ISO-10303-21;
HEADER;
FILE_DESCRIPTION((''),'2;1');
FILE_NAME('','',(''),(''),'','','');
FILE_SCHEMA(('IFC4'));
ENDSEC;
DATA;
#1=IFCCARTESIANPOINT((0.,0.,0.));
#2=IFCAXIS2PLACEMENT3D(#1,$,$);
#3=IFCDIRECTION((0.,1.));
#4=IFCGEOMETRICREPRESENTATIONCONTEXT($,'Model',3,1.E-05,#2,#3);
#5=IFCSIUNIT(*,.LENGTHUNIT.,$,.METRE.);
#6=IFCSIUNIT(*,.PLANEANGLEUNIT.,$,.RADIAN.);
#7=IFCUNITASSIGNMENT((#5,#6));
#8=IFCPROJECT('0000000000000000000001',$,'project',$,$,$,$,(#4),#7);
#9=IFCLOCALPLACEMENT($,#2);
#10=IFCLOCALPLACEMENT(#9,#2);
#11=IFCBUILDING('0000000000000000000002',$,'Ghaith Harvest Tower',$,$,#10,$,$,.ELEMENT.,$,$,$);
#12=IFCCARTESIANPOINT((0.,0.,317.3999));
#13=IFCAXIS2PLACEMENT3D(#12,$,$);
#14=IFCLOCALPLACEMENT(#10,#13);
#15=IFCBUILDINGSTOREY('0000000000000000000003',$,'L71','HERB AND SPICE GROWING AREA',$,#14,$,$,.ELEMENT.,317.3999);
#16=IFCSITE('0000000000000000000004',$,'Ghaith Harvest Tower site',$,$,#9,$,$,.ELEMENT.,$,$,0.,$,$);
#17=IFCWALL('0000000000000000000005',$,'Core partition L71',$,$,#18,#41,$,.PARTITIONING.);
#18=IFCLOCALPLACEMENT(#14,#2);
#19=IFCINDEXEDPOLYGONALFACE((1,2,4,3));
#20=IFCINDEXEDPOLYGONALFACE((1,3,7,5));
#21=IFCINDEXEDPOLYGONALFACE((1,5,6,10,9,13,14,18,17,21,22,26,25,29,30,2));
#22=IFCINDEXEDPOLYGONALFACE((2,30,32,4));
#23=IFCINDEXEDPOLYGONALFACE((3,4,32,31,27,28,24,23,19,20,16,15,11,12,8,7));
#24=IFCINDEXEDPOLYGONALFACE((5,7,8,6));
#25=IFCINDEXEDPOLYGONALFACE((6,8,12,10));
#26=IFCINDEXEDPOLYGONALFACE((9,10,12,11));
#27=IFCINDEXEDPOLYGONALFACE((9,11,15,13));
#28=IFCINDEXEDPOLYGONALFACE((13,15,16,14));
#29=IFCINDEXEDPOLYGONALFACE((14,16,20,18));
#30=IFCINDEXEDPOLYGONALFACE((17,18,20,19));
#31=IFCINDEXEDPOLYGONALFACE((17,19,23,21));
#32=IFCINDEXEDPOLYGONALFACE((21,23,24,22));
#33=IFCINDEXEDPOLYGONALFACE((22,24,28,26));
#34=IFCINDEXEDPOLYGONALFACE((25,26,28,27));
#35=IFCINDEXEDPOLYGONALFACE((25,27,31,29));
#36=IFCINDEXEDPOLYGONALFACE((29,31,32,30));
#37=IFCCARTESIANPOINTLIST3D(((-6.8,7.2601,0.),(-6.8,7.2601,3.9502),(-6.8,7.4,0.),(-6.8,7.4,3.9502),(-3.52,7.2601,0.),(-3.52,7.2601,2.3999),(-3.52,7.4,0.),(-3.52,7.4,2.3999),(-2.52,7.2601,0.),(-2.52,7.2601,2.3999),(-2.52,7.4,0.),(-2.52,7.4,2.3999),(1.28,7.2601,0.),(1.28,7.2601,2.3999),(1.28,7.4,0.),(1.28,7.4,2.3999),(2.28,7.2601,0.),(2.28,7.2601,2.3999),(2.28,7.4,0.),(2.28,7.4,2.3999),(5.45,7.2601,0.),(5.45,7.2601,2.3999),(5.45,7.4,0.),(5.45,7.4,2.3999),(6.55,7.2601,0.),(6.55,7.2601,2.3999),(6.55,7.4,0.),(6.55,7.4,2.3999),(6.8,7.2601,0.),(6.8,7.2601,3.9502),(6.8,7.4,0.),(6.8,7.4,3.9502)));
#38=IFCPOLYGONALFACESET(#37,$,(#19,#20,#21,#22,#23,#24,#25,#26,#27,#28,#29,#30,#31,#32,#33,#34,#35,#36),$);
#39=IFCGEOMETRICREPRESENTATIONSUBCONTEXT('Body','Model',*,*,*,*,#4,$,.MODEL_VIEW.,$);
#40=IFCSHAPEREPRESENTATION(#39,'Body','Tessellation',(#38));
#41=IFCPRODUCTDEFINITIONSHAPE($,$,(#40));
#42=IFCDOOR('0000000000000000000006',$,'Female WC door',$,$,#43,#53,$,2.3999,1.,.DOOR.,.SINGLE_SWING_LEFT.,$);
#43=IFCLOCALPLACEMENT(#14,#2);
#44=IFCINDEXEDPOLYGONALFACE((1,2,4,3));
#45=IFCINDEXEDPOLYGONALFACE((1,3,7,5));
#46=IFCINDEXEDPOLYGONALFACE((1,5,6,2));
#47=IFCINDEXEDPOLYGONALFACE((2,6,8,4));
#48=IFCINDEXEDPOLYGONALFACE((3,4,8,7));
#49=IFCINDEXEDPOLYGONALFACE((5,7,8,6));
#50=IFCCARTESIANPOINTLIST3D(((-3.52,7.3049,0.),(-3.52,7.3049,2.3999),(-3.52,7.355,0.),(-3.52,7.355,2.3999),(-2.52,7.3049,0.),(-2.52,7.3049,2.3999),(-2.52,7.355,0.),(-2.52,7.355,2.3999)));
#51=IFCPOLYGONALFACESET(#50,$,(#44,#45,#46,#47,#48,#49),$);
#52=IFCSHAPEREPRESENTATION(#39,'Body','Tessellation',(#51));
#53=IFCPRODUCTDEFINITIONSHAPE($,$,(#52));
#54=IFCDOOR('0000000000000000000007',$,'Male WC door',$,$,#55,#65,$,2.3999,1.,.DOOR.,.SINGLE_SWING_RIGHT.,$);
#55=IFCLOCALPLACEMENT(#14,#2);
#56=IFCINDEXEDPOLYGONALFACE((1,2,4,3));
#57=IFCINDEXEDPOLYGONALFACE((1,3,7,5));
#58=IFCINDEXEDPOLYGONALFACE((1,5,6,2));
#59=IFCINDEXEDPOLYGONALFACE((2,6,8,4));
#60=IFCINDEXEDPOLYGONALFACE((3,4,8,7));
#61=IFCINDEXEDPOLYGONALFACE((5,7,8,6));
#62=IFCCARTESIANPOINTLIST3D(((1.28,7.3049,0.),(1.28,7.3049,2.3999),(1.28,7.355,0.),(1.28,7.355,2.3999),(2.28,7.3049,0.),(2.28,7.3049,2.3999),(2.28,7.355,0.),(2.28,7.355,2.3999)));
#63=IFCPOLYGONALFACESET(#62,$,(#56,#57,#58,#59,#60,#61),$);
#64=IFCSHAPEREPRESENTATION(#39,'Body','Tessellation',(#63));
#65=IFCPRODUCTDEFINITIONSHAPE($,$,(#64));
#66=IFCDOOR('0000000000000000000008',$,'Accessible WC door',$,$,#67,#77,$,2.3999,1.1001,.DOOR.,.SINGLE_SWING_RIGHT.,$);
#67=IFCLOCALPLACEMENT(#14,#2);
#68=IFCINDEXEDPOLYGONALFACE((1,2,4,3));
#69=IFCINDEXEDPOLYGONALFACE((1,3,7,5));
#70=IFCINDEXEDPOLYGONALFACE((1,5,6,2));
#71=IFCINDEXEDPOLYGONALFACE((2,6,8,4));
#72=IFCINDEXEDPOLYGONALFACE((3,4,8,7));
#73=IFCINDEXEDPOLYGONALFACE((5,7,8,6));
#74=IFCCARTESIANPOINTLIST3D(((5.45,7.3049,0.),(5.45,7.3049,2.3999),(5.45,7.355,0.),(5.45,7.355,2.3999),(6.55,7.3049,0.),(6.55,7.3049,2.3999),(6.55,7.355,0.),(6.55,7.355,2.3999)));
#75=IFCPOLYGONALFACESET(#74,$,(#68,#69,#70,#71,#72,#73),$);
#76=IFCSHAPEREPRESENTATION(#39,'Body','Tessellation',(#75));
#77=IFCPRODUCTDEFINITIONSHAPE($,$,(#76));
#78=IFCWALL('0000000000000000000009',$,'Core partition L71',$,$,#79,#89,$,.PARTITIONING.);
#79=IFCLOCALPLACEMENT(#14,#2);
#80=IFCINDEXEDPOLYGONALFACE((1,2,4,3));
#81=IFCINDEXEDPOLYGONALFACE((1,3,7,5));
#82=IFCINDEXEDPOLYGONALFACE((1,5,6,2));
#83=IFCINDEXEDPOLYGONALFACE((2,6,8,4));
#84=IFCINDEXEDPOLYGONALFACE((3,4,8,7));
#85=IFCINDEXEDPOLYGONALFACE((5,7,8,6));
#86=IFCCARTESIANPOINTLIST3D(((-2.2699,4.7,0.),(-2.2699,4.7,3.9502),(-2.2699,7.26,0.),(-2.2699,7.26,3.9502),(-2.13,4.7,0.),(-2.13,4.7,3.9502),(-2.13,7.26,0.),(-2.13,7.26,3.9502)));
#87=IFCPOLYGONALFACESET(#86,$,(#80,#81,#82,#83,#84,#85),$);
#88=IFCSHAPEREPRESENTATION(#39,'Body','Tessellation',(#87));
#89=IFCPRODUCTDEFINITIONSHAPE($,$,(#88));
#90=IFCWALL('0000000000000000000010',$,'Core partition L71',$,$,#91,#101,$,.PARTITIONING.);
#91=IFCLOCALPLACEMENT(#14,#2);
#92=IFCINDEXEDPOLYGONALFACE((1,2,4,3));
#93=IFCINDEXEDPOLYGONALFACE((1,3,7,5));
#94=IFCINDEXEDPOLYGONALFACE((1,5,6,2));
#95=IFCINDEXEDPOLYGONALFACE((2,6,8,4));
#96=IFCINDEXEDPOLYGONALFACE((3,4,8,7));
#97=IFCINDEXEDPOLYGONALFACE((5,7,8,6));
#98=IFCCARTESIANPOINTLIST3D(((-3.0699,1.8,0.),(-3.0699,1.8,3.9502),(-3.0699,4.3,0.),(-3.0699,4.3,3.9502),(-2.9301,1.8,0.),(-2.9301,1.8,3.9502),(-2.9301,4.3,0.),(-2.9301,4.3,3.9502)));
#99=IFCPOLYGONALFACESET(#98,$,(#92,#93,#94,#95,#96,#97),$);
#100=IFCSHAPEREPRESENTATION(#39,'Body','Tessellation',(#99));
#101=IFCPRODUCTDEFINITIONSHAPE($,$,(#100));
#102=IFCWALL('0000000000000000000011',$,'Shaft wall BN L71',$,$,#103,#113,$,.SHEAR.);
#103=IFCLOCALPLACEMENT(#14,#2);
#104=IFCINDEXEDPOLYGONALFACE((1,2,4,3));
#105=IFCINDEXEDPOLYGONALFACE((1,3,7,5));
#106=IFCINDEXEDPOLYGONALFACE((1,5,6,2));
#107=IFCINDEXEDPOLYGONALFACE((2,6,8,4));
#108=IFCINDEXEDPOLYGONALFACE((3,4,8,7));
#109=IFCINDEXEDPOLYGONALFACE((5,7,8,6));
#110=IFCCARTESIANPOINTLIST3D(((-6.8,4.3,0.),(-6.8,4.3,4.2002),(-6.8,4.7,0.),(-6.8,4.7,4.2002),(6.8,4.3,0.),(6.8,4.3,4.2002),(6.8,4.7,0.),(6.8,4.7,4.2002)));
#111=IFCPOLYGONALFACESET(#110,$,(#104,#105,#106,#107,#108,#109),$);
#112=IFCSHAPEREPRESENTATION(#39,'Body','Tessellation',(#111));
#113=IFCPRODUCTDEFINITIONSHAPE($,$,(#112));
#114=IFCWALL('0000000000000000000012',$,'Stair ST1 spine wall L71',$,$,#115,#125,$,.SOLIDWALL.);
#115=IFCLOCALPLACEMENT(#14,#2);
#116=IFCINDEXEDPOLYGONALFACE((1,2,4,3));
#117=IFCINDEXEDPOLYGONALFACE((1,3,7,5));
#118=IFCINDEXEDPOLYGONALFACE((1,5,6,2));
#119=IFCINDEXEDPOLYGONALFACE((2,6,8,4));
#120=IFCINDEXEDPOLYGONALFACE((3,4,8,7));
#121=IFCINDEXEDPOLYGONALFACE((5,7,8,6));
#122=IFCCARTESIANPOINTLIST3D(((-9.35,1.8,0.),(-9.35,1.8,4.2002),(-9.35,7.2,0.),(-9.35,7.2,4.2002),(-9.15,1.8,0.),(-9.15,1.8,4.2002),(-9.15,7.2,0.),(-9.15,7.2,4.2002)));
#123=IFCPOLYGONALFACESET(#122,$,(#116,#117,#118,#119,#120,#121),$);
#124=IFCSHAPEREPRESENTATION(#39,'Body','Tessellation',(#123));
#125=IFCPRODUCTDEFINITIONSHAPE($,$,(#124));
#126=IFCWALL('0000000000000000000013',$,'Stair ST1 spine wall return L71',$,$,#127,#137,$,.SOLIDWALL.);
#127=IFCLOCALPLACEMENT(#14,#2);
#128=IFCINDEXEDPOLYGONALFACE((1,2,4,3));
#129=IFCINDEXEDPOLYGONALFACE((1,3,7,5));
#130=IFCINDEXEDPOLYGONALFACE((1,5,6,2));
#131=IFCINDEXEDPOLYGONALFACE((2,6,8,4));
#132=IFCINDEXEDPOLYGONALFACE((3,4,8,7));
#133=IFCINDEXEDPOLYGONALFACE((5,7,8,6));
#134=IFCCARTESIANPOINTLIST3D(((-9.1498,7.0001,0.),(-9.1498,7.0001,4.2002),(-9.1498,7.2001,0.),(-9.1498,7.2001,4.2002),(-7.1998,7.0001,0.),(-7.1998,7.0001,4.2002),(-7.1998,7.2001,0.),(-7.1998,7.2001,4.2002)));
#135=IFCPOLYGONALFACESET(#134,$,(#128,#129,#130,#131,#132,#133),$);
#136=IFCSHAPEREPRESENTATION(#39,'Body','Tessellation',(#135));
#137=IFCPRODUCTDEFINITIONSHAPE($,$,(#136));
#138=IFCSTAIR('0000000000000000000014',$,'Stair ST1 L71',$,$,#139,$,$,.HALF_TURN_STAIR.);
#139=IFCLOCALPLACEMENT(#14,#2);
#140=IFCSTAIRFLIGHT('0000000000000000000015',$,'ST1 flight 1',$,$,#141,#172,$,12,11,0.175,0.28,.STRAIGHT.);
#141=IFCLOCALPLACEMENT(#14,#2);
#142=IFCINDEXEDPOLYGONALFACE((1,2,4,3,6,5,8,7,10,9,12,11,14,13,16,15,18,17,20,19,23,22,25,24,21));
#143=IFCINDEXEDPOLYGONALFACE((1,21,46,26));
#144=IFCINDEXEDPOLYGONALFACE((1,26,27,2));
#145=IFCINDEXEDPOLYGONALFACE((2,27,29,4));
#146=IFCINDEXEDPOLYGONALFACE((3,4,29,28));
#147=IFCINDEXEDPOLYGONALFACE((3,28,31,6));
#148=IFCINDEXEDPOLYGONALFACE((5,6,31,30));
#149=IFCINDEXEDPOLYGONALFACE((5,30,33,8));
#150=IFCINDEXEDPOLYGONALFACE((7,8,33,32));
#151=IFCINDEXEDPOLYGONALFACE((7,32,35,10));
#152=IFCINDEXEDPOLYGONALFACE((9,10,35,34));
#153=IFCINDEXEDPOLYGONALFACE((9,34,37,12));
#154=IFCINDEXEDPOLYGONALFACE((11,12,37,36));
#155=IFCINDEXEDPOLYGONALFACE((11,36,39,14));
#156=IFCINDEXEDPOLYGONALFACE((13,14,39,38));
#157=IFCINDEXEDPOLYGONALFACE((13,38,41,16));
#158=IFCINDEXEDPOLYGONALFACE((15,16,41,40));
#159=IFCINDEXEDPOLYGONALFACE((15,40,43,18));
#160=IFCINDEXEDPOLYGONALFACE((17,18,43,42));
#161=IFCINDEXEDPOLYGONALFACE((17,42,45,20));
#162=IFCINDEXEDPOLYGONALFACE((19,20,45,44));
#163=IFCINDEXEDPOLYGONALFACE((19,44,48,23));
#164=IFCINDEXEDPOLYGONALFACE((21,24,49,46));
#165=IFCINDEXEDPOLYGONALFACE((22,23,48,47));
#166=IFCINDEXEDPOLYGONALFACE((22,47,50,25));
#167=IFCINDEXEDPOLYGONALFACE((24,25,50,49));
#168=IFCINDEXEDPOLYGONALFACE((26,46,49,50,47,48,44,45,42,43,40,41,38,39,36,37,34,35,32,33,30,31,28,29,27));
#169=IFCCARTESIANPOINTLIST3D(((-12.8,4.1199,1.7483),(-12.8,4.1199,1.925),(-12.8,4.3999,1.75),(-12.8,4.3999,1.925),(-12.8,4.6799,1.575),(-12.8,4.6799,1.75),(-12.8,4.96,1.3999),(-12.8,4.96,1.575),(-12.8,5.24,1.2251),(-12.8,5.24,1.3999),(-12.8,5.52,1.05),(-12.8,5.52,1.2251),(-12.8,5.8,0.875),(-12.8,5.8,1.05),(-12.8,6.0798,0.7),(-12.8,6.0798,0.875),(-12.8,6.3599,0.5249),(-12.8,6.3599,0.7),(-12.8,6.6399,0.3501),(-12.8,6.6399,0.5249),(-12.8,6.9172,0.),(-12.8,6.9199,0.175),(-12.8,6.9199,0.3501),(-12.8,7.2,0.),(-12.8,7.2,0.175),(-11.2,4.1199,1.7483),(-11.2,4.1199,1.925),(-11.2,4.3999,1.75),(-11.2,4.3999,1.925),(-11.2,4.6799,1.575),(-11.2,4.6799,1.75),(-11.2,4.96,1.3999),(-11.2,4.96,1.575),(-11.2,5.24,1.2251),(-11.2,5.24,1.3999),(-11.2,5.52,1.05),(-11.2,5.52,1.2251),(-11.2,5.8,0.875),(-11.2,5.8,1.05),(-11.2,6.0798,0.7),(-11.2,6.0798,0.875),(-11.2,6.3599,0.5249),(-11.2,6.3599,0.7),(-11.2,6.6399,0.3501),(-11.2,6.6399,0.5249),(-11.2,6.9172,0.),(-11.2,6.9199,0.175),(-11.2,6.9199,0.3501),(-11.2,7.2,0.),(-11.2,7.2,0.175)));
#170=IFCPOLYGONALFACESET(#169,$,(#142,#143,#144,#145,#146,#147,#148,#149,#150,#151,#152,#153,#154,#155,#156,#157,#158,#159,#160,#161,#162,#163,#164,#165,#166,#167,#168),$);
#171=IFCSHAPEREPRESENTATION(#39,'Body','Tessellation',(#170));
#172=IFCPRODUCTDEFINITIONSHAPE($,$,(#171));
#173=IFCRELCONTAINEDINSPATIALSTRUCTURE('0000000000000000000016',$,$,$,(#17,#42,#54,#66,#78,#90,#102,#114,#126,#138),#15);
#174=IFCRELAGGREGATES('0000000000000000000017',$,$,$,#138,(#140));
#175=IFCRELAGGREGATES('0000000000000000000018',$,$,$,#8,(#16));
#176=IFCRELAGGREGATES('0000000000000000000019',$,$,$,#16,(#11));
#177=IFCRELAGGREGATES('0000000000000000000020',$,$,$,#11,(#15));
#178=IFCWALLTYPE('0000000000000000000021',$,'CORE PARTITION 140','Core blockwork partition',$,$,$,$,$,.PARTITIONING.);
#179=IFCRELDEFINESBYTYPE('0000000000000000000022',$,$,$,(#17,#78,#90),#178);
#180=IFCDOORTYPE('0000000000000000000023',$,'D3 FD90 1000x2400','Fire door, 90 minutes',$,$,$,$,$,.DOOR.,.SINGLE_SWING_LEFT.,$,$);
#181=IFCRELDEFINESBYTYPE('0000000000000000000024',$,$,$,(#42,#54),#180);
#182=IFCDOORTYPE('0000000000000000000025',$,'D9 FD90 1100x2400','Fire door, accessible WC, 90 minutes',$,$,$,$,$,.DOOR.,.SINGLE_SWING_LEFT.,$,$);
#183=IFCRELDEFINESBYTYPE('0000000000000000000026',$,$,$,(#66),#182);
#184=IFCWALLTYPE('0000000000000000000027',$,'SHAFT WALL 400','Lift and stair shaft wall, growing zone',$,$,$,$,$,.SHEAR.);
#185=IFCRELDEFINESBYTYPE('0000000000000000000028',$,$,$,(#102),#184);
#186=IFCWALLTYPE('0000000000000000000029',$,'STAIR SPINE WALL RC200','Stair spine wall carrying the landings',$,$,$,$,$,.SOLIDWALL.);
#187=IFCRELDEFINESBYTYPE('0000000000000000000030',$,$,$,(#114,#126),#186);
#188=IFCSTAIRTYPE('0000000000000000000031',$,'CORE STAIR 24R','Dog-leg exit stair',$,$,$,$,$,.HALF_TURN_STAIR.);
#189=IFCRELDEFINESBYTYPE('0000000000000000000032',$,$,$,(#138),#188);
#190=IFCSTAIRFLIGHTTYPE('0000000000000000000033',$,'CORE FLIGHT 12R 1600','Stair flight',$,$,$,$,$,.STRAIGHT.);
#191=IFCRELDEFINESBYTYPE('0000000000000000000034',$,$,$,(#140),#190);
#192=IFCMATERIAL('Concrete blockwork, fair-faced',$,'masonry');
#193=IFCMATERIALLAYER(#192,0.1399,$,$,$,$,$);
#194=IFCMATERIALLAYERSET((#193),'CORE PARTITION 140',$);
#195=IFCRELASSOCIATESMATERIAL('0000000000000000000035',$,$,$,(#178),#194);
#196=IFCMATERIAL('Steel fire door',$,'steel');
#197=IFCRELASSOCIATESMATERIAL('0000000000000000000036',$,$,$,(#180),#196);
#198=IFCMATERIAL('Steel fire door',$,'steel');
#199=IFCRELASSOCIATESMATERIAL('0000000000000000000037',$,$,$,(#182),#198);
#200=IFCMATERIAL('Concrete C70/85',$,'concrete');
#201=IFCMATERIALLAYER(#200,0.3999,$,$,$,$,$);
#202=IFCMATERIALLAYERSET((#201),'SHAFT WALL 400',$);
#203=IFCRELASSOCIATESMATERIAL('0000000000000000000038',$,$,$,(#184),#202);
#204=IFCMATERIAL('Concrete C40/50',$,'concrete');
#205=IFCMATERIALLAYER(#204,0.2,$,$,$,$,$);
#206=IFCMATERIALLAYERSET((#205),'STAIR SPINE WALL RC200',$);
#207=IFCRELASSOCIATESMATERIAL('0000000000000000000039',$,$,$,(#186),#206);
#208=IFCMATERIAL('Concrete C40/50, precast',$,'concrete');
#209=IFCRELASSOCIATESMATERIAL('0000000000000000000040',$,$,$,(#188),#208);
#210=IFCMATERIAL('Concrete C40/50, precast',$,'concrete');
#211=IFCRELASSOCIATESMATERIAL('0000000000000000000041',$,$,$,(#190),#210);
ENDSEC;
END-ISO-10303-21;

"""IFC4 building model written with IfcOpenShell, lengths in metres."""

from ifc_helpers import new_model, si_unit, direction, frame, frame_2d, origin, place, context, subcontext, project, spatial, polyline, rectangle, outline, extrude, material, layer, layer_set, type_object, element, fill, aggregate, save


model = new_model("IFC4")

# Units and contexts
model_context = context("Model", 3, precision=1e-05, world=origin(), true_north=direction((0.0, 1.0)))
body_context = subcontext(model_context, "Body", "Model", "MODEL_VIEW")
ifc_project = project(units=[si_unit("LENGTHUNIT", "METRE"), si_unit("PLANEANGLEUNIT", "RADIAN")], contexts=[model_context])

# Site, building, storey
site_placement = place(None, origin())
site = spatial("IfcSite", under=ifc_project, at=site_placement, Name="Ghaith Harvest Tower site", CompositionType="ELEMENT", RefElevation=0.0)
building_placement = place(site_placement, origin())
building = spatial("IfcBuilding", under=site, at=building_placement, Name="Ghaith Harvest Tower", CompositionType="ELEMENT")
storey_placement = place(building_placement, frame((0.0, 0.0, 317.3999)))
storey = spatial("IfcBuildingStorey", under=building, at=storey_placement, Name="L71", Description="HERB AND SPICE GROWING AREA", CompositionType="ELEMENT", Elevation=317.3999)

# Wall, openings, doors
ifc_material_1 = material(Name="Concrete blockwork, fair-faced", Category="masonry")
ifc_layer_1 = layer(ifc_material_1, 0.1399)
ifc_layer_set_1 = layer_set([ifc_layer_1], Name="CORE PARTITION 140")
wall_type_1 = type_object("IfcWallType", Name="CORE PARTITION 140", Description="Core blockwork partition", PredefinedType="PARTITIONING", material=ifc_layer_set_1)
wall_1_placement = place(storey_placement, frame((-6.8, 7.3301, 0.0), z_axis=(0.0, 0.0, 1.0), x_axis=(1.0, 0.0, 0.0)))
wall_1 = element("IfcWall", 1, at=wall_1_placement, inside=storey, type_object=wall_type_1, Name="Core partition L71", PredefinedType="PARTITIONING", context=body_context, shape_type="SweptSolid", body=[
    extrude(rectangle(XDim=13.6001, YDim=0.1399, at=frame_2d((6.8, 0.0))), origin(), (0.0, 0.0, 1.0), 3.9502),
])
opening_1_placement = place(wall_1_placement, frame((3.28, 0.0, 0.0)))
opening_1 = element("IfcOpeningElement", 2, at=opening_1_placement, cuts=wall_1, PredefinedType="OPENING", context=body_context, shape_type="SweptSolid", body=[
    extrude(rectangle(XDim=1.0, YDim=2.3999, at=frame_2d((0.5, 1.2))), frame((0.0, 0.0801, 0.0), z_axis=(0.0, -1.0, 0.0), x_axis=(1.0, 0.0, 0.0)), (0.0, 0.0, 1.0), 0.1599),
])
opening_2_placement = place(wall_1_placement, frame((8.0801, 0.0, 0.0)))
opening_2 = element("IfcOpeningElement", 3, at=opening_2_placement, cuts=wall_1, PredefinedType="OPENING", context=body_context, shape_type="SweptSolid", body=[
    extrude(rectangle(XDim=1.0, YDim=2.3999, at=frame_2d((0.5, 1.2))), frame((0.0, 0.0801, 0.0), z_axis=(0.0, -1.0, 0.0), x_axis=(1.0, 0.0, 0.0)), (0.0, 0.0, 1.0), 0.1599),
])
opening_3_placement = place(wall_1_placement, frame((12.25, 0.0, 0.0)))
opening_3 = element("IfcOpeningElement", 4, at=opening_3_placement, cuts=wall_1, PredefinedType="OPENING", context=body_context, shape_type="SweptSolid", body=[
    extrude(rectangle(XDim=1.1001, YDim=2.3999, at=frame_2d((0.55, 1.2))), frame((0.0, 0.0801, 0.0), z_axis=(0.0, -1.0, 0.0), x_axis=(1.0, 0.0, 0.0)), (0.0, 0.0, 1.0), 0.1599),
])
ifc_material_2 = material(Name="Steel fire door", Category="steel")
door_type_1 = type_object("IfcDoorType", Name="D3 FD90 1000x2400", Description="Fire door, 90 minutes", OperationType="SINGLE_SWING_LEFT", PredefinedType="DOOR", material=ifc_material_2)
door_1_placement = place(opening_1_placement, origin())
door_1 = element("IfcDoor", 5, at=door_1_placement, inside=storey, type_object=door_type_1, Name="Female WC door", OperationType="SINGLE_SWING_LEFT", OverallHeight=2.3999, OverallWidth=1.0, PredefinedType="DOOR", context=body_context, shape_type="SweptSolid", body=[
    extrude(rectangle(XDim=1.0, YDim=2.3999, at=frame_2d((0.5, 1.2))), frame((0.0, 0.0249, 0.0), z_axis=(0.0, -1.0, 0.0), x_axis=(1.0, 0.0, 0.0)), (0.0, 0.0, 1.0), 0.05),
])
fill(opening_1, door_1)
door_2_placement = place(opening_2_placement, origin())
door_2 = element("IfcDoor", 6, at=door_2_placement, inside=storey, type_object=door_type_1, Name="Male WC door", OperationType="SINGLE_SWING_RIGHT", OverallHeight=2.3999, OverallWidth=1.0, PredefinedType="DOOR", context=body_context, shape_type="SweptSolid", body=[
    extrude(rectangle(XDim=1.0, YDim=2.3999, at=frame_2d((0.5, 1.2))), frame((0.0, 0.0249, 0.0), z_axis=(0.0, -1.0, 0.0), x_axis=(1.0, 0.0, 0.0)), (0.0, 0.0, 1.0), 0.05),
])
fill(opening_2, door_2)
ifc_material_3 = material(Name="Steel fire door", Category="steel")
door_type_2 = type_object("IfcDoorType", Name="D9 FD90 1100x2400", Description="Fire door, accessible WC, 90 minutes", OperationType="SINGLE_SWING_LEFT", PredefinedType="DOOR", material=ifc_material_3)
door_3_placement = place(opening_3_placement, origin())
door_3 = element("IfcDoor", 7, at=door_3_placement, inside=storey, type_object=door_type_2, Name="Accessible WC door", OperationType="SINGLE_SWING_RIGHT", OverallHeight=2.3999, OverallWidth=1.1001, PredefinedType="DOOR", context=body_context, shape_type="SweptSolid", body=[
    extrude(rectangle(XDim=1.1001, YDim=2.3999, at=frame_2d((0.55, 1.2))), frame((0.0, 0.0249, 0.0), z_axis=(0.0, -1.0, 0.0), x_axis=(1.0, 0.0, 0.0)), (0.0, 0.0, 1.0), 0.05),
])
fill(opening_3, door_3)

# Walls
wall_2_placement = place(storey_placement, frame((-2.2, 4.7, 0.0), z_axis=(0.0, 0.0, 1.0), x_axis=(0.0, 1.0, 0.0)))
element("IfcWall", 8, at=wall_2_placement, inside=storey, type_object=wall_type_1, Name="Core partition L71", PredefinedType="PARTITIONING", context=body_context, shape_type="SweptSolid", body=[
    extrude(rectangle(XDim=2.5601, YDim=0.1399, at=frame_2d((1.28, 0.0))), origin(), (0.0, 0.0, 1.0), 3.9502),
])
wall_3_placement = place(storey_placement, frame((-3.0, 1.8, 0.0), z_axis=(0.0, 0.0, 1.0), x_axis=(0.0, 1.0, 0.0)))
element("IfcWall", 9, at=wall_3_placement, inside=storey, type_object=wall_type_1, Name="Core partition L71", PredefinedType="PARTITIONING", context=body_context, shape_type="SweptSolid", body=[
    extrude(rectangle(XDim=2.5, YDim=0.1399, at=frame_2d((1.25, 0.0))), origin(), (0.0, 0.0, 1.0), 3.9502),
])

# Shared definitions
ifc_material_4 = material(Name="Concrete C70/85", Category="concrete")
ifc_layer_2 = layer(ifc_material_4, 0.3999)
ifc_layer_set_2 = layer_set([ifc_layer_2], Name="SHAFT WALL 400")
wall_type_2 = type_object("IfcWallType", Name="SHAFT WALL 400", Description="Lift and stair shaft wall, growing zone", PredefinedType="SHEAR", material=ifc_layer_set_2)

# Walls
wall_4_placement = place(storey_placement, frame((-6.8, 4.5, 0.0), z_axis=(0.0, 0.0, 1.0), x_axis=(1.0, 0.0, 0.0)))
element("IfcWall", 10, at=wall_4_placement, inside=storey, type_object=wall_type_2, Name="Shaft wall BN L71", PredefinedType="SHEAR", context=body_context, shape_type="SweptSolid", body=[
    extrude(rectangle(XDim=13.6001, YDim=0.3999, at=frame_2d((6.8, 0.0))), origin(), (0.0, 0.0, 1.0), 4.2002),
])
ifc_material_5 = material(Name="Concrete C40/50", Category="concrete")
ifc_layer_3 = layer(ifc_material_5, 0.2)
ifc_layer_set_3 = layer_set([ifc_layer_3], Name="STAIR SPINE WALL RC200")
wall_type_3 = type_object("IfcWallType", Name="STAIR SPINE WALL RC200", Description="Stair spine wall carrying the landings", PredefinedType="SOLIDWALL", material=ifc_layer_set_3)
wall_5_placement = place(storey_placement, frame((-9.25, 7.2, 0.0), z_axis=(0.0, 0.0, 1.0), x_axis=(0.0, -1.0, 0.0)))
element("IfcWall", 11, at=wall_5_placement, inside=storey, type_object=wall_type_3, Name="Stair ST1 spine wall L71", PredefinedType="SOLIDWALL", context=body_context, shape_type="SweptSolid", body=[
    extrude(rectangle(XDim=5.3999, YDim=0.2, at=frame_2d((2.7, 0.0))), origin(), (0.0, 0.0, 1.0), 4.2002),
])
wall_6_placement = place(storey_placement, frame((-9.1499, 7.1001, 0.0), z_axis=(0.0, 0.0, 1.0), x_axis=(1.0, 0.0, 0.0)))
element("IfcWall", 12, at=wall_6_placement, inside=storey, type_object=wall_type_3, Name="Stair ST1 spine wall return L71", PredefinedType="SOLIDWALL", context=body_context, shape_type="SweptSolid", body=[
    extrude(rectangle(XDim=1.95, YDim=0.2, at=frame_2d((0.9751, 0.0))), origin(), (0.0, 0.0, 1.0), 4.2002),
])

# Stair, stair flight
ifc_material_6 = material(Name="Concrete C40/50, precast", Category="concrete")
stair_type = type_object("IfcStairType", Name="CORE STAIR 24R", Description="Dog-leg exit stair", PredefinedType="HALF_TURN_STAIR", material=ifc_material_6)
stair_placement = place(storey_placement, origin())
stair = element("IfcStair", 13, at=stair_placement, inside=storey, type_object=stair_type, Name="Stair ST1 L71", PredefinedType="HALF_TURN_STAIR")
ifc_material_7 = material(Name="Concrete C40/50, precast", Category="concrete")
stair_flight_type = type_object("IfcStairFlightType", Name="CORE FLIGHT 12R 1600", Description="Stair flight", PredefinedType="STRAIGHT", material=ifc_material_7)
stair_flight_1_placement = place(storey_placement, frame((-12.0, 7.2, 0.0), z_axis=(0.0, 0.0, 1.0), x_axis=(0.0, -1.0, 0.0)))
stair_flight_1 = element("IfcStairFlight", 14, at=stair_flight_1_placement, type_object=stair_flight_type, Name="ST1 flight 1", NumberOfRisers=12, NumberOfTreads=11, PredefinedType="STRAIGHT", RiserHeight=0.175, TreadLength=0.28, context=body_context, shape_type="SweptSolid", body=[
    extrude(outline(polyline([(0.0, 0.0), (0.0, 0.175), (0.28, 0.175), (0.28, 0.3501), (0.5601, 0.3501), (0.5601, 0.5249), (0.8401, 0.5249), (0.8401, 0.7), (1.1201, 0.7), (1.1201, 0.875), (1.3999, 0.875), (1.3999, 1.05), (1.6799, 1.05), (1.6799, 1.2251), (1.96, 1.2251), (1.96, 1.3999), (2.24, 1.3999), (2.24, 1.575), (2.52, 1.575), (2.52, 1.75), (2.8, 1.75), (2.8, 1.925), (3.0801, 1.925), (3.0801, 2.1001), (3.0801, 1.7483), (0.2827, 0.0), (0.0, 0.0)])), frame((0.0, 0.8, 0.0), z_axis=(0.0, -1.0, 0.0), x_axis=(1.0, 0.0, 0.0)), (0.0, 0.0, 1.0), 1.6001),
])
aggregate(stair, [stair_flight_1])

save(model, "model.ifc")
